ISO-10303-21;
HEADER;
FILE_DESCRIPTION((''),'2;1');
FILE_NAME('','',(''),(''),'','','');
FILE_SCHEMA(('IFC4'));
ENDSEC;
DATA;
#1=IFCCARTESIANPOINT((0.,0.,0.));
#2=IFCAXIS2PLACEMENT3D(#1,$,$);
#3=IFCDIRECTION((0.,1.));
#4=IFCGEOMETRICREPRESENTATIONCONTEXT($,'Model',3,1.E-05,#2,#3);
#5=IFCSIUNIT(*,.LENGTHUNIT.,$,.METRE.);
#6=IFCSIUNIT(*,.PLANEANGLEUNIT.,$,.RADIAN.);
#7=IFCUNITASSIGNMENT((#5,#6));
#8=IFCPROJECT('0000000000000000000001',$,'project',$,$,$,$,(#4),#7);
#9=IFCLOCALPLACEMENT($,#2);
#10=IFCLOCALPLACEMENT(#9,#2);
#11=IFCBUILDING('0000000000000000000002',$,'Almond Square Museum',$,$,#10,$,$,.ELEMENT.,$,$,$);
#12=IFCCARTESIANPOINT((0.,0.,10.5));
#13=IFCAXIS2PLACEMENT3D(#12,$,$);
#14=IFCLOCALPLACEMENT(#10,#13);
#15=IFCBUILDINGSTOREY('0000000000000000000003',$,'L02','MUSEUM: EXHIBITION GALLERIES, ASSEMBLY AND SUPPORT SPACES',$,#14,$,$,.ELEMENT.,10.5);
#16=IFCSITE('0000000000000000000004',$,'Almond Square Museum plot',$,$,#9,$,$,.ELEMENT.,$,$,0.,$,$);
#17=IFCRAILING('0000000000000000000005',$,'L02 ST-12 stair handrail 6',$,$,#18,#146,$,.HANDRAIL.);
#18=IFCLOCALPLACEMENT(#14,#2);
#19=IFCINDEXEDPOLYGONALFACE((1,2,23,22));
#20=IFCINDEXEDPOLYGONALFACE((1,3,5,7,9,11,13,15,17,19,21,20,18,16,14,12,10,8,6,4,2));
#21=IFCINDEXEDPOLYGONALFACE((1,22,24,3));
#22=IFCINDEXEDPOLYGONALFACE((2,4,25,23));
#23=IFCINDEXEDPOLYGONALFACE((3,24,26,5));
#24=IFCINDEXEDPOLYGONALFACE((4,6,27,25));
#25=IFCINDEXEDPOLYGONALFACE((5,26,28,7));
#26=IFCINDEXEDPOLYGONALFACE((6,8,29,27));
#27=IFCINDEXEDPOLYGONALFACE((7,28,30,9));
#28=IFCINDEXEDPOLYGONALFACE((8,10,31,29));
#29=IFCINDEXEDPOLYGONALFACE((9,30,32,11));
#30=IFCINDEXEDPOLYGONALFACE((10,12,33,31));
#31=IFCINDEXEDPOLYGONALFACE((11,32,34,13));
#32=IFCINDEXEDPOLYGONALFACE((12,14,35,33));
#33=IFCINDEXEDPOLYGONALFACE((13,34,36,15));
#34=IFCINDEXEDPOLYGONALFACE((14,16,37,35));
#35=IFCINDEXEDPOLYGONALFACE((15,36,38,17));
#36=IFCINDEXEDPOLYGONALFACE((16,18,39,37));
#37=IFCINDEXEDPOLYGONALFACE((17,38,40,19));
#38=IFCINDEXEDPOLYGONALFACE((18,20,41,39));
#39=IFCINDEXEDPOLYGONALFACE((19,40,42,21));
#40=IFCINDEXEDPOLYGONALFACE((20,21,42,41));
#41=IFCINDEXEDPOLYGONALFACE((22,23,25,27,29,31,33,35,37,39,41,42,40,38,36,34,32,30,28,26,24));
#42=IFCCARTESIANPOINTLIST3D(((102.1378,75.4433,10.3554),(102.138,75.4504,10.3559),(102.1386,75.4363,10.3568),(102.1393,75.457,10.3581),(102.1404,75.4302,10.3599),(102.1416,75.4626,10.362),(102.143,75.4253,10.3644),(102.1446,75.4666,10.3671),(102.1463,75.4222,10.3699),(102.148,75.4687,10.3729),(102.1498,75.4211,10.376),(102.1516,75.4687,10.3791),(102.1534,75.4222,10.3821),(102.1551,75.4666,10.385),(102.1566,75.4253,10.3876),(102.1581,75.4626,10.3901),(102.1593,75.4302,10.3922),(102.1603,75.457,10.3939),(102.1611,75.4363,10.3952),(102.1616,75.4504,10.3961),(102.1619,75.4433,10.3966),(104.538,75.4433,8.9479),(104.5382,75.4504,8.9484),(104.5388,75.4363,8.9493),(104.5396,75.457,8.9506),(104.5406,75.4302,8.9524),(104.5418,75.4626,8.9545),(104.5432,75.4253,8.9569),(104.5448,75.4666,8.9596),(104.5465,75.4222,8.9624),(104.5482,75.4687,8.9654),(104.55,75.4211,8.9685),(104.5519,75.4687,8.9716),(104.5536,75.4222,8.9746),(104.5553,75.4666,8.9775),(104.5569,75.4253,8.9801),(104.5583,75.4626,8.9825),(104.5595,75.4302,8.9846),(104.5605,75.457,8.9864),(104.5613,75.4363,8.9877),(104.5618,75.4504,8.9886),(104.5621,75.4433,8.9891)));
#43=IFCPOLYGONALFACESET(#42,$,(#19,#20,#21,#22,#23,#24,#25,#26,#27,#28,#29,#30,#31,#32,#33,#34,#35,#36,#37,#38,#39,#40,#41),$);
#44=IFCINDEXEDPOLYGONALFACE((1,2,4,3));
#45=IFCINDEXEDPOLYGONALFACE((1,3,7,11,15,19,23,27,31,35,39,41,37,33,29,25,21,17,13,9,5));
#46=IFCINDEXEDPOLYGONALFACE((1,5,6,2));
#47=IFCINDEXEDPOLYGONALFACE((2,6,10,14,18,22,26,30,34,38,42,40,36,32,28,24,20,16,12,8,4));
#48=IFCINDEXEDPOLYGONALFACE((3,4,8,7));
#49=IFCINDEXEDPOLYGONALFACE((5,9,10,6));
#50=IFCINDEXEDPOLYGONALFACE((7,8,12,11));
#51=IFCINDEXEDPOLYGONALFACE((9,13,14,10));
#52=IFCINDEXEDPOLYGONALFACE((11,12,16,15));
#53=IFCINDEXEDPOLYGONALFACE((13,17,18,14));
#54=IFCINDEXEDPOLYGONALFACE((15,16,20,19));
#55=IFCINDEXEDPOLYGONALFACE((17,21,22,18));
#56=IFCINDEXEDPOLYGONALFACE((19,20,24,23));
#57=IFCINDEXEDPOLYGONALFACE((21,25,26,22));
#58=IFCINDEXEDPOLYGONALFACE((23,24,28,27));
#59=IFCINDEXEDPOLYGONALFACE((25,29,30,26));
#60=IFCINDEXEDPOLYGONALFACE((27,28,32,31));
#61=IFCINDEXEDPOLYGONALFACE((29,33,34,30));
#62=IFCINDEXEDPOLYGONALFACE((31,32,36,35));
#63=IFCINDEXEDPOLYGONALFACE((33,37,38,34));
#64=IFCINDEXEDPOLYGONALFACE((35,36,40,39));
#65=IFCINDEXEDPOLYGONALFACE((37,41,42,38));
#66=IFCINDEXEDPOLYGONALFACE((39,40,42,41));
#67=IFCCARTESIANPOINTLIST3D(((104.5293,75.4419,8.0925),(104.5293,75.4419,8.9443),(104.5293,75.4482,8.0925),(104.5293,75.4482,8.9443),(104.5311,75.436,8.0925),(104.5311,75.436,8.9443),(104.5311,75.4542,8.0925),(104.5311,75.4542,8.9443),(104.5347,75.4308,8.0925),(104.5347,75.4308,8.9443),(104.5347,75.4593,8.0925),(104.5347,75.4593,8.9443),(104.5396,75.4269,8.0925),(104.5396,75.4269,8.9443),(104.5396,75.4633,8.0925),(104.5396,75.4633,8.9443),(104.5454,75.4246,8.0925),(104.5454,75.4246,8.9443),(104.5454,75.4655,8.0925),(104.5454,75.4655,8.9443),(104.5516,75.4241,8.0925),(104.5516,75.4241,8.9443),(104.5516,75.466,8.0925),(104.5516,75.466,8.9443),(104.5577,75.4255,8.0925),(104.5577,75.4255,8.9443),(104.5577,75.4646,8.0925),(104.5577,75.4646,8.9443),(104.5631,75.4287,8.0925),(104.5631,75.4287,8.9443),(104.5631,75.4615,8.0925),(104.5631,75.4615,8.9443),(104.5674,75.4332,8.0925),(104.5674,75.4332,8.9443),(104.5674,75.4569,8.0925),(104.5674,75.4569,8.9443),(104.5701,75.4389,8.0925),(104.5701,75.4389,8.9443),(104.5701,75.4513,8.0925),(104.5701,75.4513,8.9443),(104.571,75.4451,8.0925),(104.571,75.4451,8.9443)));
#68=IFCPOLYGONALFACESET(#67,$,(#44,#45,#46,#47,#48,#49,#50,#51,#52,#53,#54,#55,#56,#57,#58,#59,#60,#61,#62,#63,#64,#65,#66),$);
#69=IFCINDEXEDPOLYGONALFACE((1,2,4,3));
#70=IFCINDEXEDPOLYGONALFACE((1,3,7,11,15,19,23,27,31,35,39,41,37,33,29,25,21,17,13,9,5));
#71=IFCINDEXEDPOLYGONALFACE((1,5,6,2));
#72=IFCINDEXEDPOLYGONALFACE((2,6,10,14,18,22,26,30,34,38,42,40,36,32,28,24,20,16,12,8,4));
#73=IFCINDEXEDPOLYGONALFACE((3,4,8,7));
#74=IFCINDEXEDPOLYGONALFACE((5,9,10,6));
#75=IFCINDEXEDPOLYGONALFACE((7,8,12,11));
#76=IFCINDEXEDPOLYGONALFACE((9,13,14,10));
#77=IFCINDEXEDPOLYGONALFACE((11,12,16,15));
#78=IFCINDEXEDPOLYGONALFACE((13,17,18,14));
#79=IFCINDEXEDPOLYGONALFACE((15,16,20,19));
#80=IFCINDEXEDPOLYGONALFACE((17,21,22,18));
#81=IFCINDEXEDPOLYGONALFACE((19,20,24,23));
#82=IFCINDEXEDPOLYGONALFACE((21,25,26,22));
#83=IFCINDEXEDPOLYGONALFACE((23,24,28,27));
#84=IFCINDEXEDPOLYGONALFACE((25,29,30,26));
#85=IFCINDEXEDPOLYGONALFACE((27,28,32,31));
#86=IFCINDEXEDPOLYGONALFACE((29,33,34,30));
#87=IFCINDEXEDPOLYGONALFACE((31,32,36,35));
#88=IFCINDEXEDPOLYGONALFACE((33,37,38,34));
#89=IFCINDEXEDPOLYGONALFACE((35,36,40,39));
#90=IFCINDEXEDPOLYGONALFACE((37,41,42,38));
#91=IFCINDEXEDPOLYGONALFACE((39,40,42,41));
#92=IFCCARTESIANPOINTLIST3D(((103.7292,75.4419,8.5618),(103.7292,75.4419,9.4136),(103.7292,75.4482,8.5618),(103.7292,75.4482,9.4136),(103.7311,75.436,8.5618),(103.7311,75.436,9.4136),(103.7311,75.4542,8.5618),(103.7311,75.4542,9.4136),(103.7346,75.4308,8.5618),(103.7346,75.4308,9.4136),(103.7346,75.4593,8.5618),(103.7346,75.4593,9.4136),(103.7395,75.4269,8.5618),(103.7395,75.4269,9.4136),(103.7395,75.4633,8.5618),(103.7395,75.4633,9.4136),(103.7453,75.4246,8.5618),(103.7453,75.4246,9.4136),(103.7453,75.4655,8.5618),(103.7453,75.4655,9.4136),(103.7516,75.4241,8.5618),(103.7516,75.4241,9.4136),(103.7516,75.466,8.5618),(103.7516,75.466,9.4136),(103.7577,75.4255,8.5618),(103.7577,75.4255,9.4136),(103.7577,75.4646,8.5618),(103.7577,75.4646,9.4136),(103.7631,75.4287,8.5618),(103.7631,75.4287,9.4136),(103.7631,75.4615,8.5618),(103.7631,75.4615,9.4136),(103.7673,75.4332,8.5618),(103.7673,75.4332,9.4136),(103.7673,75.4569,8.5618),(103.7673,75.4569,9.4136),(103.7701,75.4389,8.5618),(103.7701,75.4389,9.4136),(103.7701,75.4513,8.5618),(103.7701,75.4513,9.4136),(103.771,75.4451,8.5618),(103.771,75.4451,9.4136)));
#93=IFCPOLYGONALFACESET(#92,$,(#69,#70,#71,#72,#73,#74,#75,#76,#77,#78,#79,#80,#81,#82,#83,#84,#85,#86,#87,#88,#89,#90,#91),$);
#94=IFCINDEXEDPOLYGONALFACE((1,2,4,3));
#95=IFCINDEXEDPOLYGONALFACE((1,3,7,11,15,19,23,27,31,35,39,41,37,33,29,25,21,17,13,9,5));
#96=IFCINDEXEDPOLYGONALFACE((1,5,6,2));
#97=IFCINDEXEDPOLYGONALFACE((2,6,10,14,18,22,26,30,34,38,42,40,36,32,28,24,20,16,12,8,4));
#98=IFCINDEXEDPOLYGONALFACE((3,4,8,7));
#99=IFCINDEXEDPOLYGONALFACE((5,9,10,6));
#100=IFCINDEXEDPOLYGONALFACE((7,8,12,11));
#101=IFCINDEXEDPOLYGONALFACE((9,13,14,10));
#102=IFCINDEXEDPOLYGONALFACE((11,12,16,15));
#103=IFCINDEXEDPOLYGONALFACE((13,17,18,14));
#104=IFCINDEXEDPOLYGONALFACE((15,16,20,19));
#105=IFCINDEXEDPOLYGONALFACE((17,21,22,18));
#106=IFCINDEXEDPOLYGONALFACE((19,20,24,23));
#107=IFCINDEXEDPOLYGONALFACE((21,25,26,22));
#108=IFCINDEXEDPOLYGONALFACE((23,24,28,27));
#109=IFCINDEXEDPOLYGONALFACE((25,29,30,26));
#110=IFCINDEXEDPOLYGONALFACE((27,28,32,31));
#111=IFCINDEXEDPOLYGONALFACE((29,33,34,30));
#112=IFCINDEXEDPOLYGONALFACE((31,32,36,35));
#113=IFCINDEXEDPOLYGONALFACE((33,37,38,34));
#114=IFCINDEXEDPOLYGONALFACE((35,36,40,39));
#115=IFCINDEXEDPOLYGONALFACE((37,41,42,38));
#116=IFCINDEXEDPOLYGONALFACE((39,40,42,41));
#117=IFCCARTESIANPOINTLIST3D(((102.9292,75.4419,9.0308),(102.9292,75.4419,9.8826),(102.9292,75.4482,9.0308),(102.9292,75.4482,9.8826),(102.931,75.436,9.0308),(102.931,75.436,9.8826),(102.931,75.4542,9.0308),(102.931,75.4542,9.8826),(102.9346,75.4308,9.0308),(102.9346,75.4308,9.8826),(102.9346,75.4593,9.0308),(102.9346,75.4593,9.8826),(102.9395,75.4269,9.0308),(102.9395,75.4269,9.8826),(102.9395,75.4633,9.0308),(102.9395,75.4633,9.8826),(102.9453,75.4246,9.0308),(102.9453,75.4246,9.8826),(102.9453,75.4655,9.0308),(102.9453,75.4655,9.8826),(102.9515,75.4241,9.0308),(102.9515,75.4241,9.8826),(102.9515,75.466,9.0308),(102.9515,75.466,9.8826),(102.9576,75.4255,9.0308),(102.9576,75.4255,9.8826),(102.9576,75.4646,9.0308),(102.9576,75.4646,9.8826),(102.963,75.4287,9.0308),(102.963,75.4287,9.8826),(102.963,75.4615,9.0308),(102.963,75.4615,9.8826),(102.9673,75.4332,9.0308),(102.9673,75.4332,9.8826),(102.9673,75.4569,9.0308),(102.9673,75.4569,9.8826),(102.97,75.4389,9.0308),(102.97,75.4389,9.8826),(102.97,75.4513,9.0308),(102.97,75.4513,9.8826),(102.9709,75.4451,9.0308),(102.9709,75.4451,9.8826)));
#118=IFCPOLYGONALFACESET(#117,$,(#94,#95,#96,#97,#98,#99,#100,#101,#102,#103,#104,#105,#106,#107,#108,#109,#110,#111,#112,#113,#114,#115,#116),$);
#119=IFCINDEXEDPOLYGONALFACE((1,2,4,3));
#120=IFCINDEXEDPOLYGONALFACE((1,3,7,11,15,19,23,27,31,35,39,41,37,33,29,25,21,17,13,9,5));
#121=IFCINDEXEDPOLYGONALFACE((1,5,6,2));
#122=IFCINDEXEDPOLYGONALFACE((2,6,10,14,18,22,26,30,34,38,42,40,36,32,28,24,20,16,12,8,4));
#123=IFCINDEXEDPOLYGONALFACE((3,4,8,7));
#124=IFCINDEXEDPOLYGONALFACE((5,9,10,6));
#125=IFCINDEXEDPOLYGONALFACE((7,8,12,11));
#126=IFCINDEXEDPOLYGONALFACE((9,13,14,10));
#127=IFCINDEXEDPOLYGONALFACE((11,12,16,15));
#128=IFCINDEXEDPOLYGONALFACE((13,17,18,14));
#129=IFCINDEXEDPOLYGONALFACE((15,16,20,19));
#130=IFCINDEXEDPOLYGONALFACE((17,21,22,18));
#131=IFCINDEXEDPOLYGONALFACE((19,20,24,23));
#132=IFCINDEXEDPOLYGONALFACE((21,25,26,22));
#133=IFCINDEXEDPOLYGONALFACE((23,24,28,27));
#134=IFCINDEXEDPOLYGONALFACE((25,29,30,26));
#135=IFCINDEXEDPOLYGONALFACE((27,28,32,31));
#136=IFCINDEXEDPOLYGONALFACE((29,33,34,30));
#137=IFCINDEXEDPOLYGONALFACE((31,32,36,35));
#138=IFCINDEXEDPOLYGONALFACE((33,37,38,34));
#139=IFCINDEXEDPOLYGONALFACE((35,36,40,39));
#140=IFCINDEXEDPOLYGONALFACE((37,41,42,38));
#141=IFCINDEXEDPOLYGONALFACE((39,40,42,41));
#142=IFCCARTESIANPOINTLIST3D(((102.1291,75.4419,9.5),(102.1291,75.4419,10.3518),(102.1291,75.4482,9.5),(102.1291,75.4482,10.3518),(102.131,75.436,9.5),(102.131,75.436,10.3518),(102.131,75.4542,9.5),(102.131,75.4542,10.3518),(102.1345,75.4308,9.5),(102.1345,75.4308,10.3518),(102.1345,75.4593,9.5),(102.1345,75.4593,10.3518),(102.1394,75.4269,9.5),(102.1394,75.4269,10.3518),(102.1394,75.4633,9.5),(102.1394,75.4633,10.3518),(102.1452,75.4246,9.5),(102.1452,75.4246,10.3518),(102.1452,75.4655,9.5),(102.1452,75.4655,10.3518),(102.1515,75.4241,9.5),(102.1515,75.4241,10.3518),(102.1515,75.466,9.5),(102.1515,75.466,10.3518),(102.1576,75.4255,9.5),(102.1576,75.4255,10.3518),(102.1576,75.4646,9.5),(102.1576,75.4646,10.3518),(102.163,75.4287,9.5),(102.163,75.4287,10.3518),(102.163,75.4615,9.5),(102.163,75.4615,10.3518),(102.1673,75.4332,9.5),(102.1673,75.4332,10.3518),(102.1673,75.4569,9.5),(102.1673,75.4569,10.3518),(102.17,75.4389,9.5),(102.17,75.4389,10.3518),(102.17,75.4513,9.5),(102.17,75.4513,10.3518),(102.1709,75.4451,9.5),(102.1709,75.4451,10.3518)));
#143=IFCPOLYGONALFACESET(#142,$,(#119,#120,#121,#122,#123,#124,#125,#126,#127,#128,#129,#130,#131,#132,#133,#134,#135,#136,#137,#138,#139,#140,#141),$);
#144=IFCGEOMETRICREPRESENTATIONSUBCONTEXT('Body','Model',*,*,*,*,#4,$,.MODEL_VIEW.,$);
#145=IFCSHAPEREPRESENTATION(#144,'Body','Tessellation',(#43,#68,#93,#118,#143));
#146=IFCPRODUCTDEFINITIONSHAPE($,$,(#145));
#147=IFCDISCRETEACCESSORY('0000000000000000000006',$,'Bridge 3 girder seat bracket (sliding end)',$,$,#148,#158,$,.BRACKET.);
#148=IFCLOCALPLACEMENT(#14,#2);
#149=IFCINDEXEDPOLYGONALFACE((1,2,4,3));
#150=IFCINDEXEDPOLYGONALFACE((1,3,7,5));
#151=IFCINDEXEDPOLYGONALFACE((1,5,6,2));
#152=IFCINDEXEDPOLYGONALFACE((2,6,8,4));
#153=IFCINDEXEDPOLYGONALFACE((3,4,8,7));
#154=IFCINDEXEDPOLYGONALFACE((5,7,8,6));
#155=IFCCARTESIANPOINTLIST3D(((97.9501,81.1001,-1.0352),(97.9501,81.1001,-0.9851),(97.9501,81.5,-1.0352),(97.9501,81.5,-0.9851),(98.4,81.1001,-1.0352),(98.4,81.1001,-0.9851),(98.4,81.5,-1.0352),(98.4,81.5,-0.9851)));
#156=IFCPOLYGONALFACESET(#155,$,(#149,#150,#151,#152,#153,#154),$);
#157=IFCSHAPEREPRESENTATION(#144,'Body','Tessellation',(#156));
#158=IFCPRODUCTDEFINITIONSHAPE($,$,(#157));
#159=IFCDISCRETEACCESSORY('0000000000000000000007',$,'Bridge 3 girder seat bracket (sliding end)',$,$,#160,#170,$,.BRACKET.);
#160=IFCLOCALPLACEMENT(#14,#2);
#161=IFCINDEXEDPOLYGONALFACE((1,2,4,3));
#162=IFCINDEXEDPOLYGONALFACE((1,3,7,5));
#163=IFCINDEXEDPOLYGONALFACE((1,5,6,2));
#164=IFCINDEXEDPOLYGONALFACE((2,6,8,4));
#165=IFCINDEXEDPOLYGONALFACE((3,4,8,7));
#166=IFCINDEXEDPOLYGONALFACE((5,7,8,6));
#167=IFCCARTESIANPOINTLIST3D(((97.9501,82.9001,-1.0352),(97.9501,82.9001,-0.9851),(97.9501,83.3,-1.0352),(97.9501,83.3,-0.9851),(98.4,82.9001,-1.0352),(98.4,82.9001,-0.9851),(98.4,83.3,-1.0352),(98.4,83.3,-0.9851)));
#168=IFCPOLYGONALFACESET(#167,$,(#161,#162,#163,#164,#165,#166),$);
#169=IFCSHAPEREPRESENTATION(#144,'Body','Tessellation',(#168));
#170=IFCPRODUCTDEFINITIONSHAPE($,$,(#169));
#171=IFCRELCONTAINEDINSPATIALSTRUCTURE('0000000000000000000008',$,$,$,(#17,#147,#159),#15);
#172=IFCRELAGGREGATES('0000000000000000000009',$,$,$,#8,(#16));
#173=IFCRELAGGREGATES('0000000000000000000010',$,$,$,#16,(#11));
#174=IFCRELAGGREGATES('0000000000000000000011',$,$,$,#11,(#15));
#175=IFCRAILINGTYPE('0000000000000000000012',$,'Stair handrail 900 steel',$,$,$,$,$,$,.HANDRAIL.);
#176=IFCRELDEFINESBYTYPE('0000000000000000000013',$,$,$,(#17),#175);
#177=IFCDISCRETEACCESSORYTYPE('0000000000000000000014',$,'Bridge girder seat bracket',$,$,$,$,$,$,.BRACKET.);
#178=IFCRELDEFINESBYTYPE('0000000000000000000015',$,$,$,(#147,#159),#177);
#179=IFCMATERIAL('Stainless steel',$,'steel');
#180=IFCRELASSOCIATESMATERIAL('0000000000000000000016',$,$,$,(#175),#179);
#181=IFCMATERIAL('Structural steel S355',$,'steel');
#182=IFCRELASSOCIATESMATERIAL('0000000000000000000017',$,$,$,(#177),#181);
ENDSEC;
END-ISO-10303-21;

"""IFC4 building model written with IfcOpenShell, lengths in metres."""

from ifc_helpers import new_model, si_unit, direction, frame, origin, origin_2d, place, context, subcontext, project, spatial, rectangle, circle, extrude, material, type_object, element, save


model = new_model("IFC4")

# Units and contexts
model_context = context("Model", 3, precision=1e-05, world=origin(), true_north=direction((0.0, 1.0)))
body_context = subcontext(model_context, "Body", "Model", "MODEL_VIEW")
ifc_project = project(units=[si_unit("LENGTHUNIT", "METRE"), si_unit("PLANEANGLEUNIT", "RADIAN")], contexts=[model_context])

# Site, building, storey
site_placement = place(None, origin())
site = spatial("IfcSite", under=ifc_project, at=site_placement, Name="Almond Square Museum plot", CompositionType="ELEMENT", RefElevation=0.0)
building_placement = place(site_placement, origin())
building = spatial("IfcBuilding", under=site, at=building_placement, Name="Almond Square Museum", CompositionType="ELEMENT")
storey_placement = place(building_placement, frame((0.0, 0.0, 10.5)))
storey = spatial("IfcBuildingStorey", under=building, at=storey_placement, Name="L02", Description="MUSEUM: EXHIBITION GALLERIES, ASSEMBLY AND SUPPORT SPACES", CompositionType="ELEMENT", Elevation=10.5)

# Railing
ifc_material_1 = material(Name="Stainless steel", Category="steel")
railing_type_1 = type_object("IfcRailingType", Name="Stair handrail 900 steel", PredefinedType="HANDRAIL", material=ifc_material_1)
railing_1_placement = place(storey_placement, frame((104.55, 75.4451, 8.0925)))
element("IfcRailing", 1, at=railing_1_placement, inside=storey, type_object=railing_type_1, Name="L02 ST-12 stair handrail 6", PredefinedType="HANDRAIL", context=body_context, shape_type="SweptSolid", body=[
    extrude(circle(Radius=0.0239, at=origin_2d()), frame((0.0, 0.0, 0.876), z_axis=(-0.862621, 0.0, 0.50585), x_axis=(0.0, -1.0, 0.0)), (0.0, 0.0, 1.0), 2.7825),
    extrude(circle(Radius=0.021, at=origin_2d()), origin(), (0.0, 0.0, 1.0), 0.8518),
    extrude(circle(Radius=0.021, at=origin_2d()), frame((-0.8, 0.0, 0.4692)), (0.0, 0.0, 1.0), 0.8518),
    extrude(circle(Radius=0.021, at=origin_2d()), frame((-1.6001, 0.0, 0.9382)), (0.0, 0.0, 1.0), 0.8518),
    extrude(circle(Radius=0.021, at=origin_2d()), frame((-2.4001, 0.0, 1.4075)), (0.0, 0.0, 1.0), 0.8518),
])

# Discrete accessories
ifc_material_2 = material(Name="Structural steel S355", Category="steel")
discrete_accessory_type = type_object("IfcDiscreteAccessoryType", Name="Bridge girder seat bracket", PredefinedType="BRACKET", material=ifc_material_2)
for number, where, z_axis, x_axis, name in (
    (2, (98.175, 81.3, -1.0352), (0.0, 0.0, 1.0), (1.0, 0.0, 0.0), "Bridge 3 girder seat bracket (sliding end)"),
    (3, (98.175, 83.1001, -1.0352), (0.0, 0.0, 1.0), (1.0, 0.0, 0.0), "Bridge 3 girder seat bracket (sliding end)"),
):
    element("IfcDiscreteAccessory", number, at=place(storey_placement, frame(where, z_axis=z_axis, x_axis=x_axis)), inside=storey, type_object=discrete_accessory_type, Name=name, PredefinedType="BRACKET", context=body_context, shape_type="SweptSolid", body=[
        extrude(rectangle(XDim=0.45, YDim=0.3999, at=origin_2d()), origin(), (0.0, 0.0, 1.0), 0.05),
    ])

save(model, "model.ifc")
